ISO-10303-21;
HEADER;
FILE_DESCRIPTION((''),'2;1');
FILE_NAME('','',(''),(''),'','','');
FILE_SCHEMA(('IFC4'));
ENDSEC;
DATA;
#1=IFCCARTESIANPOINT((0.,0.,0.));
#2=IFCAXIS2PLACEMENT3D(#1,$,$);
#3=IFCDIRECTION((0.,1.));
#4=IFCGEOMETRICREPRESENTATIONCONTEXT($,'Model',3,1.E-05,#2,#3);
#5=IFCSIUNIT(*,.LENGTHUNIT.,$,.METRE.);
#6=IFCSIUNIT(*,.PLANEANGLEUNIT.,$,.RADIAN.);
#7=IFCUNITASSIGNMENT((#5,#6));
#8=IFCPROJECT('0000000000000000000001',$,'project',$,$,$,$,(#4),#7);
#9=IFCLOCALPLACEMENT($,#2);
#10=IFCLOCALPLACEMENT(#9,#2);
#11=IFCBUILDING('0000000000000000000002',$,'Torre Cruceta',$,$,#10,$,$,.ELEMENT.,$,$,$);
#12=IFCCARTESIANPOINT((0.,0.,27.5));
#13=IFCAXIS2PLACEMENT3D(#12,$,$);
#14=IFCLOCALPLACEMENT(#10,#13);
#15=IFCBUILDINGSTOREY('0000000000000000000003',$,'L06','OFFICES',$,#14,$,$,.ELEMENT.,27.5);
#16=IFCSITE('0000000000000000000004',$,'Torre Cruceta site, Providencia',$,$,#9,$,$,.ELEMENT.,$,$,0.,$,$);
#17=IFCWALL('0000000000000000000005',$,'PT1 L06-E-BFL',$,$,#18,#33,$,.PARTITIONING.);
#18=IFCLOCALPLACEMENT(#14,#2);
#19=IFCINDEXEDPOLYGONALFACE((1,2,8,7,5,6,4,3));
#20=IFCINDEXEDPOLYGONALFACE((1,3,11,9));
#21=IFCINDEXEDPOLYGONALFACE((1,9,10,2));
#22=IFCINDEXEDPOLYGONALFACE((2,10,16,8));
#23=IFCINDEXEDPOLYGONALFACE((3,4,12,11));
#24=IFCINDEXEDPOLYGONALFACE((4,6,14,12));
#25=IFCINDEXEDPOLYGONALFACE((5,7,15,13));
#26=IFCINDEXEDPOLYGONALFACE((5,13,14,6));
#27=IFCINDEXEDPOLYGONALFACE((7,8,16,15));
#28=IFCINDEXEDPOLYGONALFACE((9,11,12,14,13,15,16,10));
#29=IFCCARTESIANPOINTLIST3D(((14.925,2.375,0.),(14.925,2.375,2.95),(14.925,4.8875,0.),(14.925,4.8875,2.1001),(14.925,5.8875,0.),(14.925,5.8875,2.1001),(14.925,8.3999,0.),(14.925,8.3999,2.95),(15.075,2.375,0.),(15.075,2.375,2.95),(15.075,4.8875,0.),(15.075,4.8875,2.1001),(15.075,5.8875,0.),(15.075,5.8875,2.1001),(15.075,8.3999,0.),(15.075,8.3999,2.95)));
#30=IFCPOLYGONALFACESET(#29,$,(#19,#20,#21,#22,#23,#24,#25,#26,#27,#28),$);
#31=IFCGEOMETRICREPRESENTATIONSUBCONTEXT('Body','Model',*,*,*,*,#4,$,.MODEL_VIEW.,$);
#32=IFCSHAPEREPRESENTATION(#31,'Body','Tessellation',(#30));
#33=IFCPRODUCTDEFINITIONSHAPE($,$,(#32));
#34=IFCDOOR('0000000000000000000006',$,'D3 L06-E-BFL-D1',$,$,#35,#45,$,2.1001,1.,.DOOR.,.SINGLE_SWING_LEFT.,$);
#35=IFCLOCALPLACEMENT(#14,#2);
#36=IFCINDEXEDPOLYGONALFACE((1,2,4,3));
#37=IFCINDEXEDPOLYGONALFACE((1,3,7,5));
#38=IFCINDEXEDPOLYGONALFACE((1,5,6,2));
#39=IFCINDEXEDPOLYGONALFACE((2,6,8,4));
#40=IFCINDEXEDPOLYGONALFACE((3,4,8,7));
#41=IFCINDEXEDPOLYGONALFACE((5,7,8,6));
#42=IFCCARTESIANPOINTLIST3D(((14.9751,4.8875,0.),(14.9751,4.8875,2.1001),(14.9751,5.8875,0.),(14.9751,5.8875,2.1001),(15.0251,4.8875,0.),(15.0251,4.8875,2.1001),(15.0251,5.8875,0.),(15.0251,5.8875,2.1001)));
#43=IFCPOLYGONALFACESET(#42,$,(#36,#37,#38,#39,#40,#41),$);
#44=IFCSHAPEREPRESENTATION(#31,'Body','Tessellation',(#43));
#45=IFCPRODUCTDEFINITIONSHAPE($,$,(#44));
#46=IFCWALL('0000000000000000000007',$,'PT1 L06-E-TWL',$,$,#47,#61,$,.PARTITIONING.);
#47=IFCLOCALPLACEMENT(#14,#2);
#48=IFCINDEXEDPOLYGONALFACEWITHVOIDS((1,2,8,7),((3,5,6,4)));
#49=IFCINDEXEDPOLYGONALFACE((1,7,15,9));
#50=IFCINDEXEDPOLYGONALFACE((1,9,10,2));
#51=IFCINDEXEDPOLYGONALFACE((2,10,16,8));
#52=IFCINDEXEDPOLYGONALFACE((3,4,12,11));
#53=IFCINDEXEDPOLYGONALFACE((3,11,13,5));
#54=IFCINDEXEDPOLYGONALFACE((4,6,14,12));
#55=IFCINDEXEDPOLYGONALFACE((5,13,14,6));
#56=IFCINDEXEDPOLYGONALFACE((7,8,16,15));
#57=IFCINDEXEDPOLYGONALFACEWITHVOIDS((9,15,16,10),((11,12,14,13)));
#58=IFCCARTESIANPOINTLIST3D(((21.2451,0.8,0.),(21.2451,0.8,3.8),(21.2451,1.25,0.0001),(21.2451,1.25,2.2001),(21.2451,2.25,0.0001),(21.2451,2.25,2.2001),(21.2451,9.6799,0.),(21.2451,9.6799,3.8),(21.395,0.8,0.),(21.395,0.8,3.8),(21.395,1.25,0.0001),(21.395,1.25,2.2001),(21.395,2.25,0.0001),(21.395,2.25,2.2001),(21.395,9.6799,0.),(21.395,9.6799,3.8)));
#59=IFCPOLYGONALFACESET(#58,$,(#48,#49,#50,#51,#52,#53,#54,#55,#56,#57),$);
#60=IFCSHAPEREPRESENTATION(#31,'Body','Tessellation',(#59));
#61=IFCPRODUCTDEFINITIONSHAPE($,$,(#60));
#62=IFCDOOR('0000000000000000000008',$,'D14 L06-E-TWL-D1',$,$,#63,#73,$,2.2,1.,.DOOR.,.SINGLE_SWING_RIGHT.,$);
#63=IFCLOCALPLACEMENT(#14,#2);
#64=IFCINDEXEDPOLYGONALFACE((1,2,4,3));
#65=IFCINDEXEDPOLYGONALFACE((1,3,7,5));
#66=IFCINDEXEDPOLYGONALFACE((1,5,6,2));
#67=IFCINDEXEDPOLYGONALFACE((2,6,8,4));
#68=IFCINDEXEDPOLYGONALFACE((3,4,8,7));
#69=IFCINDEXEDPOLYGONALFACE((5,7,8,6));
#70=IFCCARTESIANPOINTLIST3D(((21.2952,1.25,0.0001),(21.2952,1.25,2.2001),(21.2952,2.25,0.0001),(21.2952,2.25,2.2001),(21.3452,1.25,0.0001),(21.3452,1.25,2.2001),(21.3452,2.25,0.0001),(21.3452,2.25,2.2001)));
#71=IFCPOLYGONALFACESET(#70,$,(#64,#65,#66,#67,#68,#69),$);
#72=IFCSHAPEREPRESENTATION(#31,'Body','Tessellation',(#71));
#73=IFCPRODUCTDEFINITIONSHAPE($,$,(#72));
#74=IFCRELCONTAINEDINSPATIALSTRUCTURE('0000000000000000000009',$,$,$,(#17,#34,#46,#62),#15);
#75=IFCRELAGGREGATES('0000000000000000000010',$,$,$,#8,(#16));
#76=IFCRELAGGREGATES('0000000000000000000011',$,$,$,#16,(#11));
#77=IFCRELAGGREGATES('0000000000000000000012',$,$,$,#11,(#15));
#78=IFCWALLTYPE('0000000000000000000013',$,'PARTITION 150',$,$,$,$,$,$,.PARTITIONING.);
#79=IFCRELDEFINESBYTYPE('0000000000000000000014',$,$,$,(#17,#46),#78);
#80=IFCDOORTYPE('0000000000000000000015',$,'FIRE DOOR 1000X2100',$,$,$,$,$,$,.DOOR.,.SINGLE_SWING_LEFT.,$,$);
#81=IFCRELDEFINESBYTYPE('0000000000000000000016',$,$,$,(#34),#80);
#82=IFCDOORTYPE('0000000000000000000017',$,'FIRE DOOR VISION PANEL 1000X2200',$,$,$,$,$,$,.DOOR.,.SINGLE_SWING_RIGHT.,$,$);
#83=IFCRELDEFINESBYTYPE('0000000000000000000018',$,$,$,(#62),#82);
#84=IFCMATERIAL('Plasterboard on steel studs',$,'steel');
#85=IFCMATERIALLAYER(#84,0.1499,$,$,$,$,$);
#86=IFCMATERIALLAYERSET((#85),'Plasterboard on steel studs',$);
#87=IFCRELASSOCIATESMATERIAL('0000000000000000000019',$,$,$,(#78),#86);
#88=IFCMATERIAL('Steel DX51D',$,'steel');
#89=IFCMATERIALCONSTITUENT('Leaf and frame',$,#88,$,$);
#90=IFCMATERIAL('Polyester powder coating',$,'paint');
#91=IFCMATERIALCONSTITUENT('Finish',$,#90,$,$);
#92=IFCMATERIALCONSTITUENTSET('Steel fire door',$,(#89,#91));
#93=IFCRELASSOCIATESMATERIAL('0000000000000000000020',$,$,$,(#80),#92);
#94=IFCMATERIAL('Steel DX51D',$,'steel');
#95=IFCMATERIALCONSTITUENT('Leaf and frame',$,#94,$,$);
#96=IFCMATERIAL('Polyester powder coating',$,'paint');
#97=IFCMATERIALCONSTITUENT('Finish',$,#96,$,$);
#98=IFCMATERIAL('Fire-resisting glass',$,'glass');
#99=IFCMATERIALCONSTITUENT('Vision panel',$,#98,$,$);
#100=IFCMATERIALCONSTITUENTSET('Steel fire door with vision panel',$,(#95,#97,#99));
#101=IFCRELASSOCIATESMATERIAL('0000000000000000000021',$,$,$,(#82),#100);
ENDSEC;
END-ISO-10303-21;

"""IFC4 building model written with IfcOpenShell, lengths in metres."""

from ifc_helpers import new_model, si_unit, direction, frame, frame_2d, origin, place, context, subcontext, project, spatial, rectangle, extrude, material, layer, layer_set, constituent, constituent_set, type_object, element, fill, save


model = new_model("IFC4")

# Units and contexts
model_context = context("Model", 3, precision=1e-05, world=origin(), true_north=direction((0.0, 1.0)))
body_context = subcontext(model_context, "Body", "Model", "MODEL_VIEW")
ifc_project = project(units=[si_unit("LENGTHUNIT", "METRE"), si_unit("PLANEANGLEUNIT", "RADIAN")], contexts=[model_context])

# Site, building, storey
site_placement = place(None, origin())
site = spatial("IfcSite", under=ifc_project, at=site_placement, Name="Torre Cruceta site, Providencia", CompositionType="ELEMENT", RefElevation=0.0)
building_placement = place(site_placement, origin())
building = spatial("IfcBuilding", under=site, at=building_placement, Name="Torre Cruceta", CompositionType="ELEMENT")
storey_placement = place(building_placement, frame((0.0, 0.0, 27.5)))
storey = spatial("IfcBuildingStorey", under=building, at=storey_placement, Name="L06", Description="OFFICES", CompositionType="ELEMENT", Elevation=27.5)

# Walls, openings, doors
ifc_material_1 = material(Name="Plasterboard on steel studs", Category="steel")
ifc_layer_1 = layer(ifc_material_1, 0.1499)
ifc_layer_set_1 = layer_set([ifc_layer_1], Name="Plasterboard on steel studs")
wall_type_1 = type_object("IfcWallType", Name="PARTITION 150", PredefinedType="PARTITIONING", material=ifc_layer_set_1)
wall_1_placement = place(storey_placement, frame((15.0, 2.375, 0.0), z_axis=(0.0, 0.0, 1.0), x_axis=(0.0, 1.0, 0.0)))
wall_1 = element("IfcWall", 1, at=wall_1_placement, inside=storey, type_object=wall_type_1, Name="PT1 L06-E-BFL", PredefinedType="PARTITIONING", context=body_context, shape_type="SweptSolid", body=[
    extrude(rectangle(XDim=6.0249, YDim=0.1499, at=frame_2d((3.0125, 0.0))), origin(), (0.0, 0.0, 1.0), 2.95),
])
opening_1_placement = place(wall_1_placement, frame((2.5125, 0.0, 0.0)))
opening_1 = element("IfcOpeningElement", 2, at=opening_1_placement, cuts=wall_1, PredefinedType="OPENING", context=body_context, shape_type="SweptSolid", body=[
    extrude(rectangle(XDim=1.0, YDim=2.1001, at=frame_2d((0.5, 1.05))), frame((0.0, 0.085, 0.0), z_axis=(0.0, -1.0, 0.0), x_axis=(1.0, 0.0, 0.0)), (0.0, 0.0, 1.0), 0.1699),
])
ifc_material_2 = material(Name="Steel DX51D", Category="steel")
ifc_constituent_1 = constituent(ifc_material_2, Name="Leaf and frame")
ifc_material_3 = material(Name="Polyester powder coating", Category="paint")
ifc_constituent_2 = constituent(ifc_material_3, Name="Finish")
ifc_constituent_set_1 = constituent_set(constituents=[ifc_constituent_1, ifc_constituent_2], Name="Steel fire door")
door_type_1 = type_object("IfcDoorType", Name="FIRE DOOR 1000X2100", OperationType="SINGLE_SWING_LEFT", PredefinedType="DOOR", material=ifc_constituent_set_1)
door_1_placement = place(opening_1_placement, origin())
door_1 = element("IfcDoor", 3, at=door_1_placement, inside=storey, type_object=door_type_1, Name="D3 L06-E-BFL-D1", OperationType="SINGLE_SWING_LEFT", OverallHeight=2.1001, OverallWidth=1.0, PredefinedType="DOOR", context=body_context, shape_type="SweptSolid", body=[
    extrude(rectangle(XDim=1.0, YDim=2.1001, at=frame_2d((0.5, 1.05))), frame((0.0, 0.0249, 0.0), z_axis=(0.0, -1.0, 0.0), x_axis=(1.0, 0.0, 0.0)), (0.0, 0.0, 1.0), 0.05),
])
fill(opening_1, door_1)
wall_2_placement = place(storey_placement, frame((21.3201, 0.8, 0.0), z_axis=(0.0, 0.0, 1.0), x_axis=(0.0, 1.0, 0.0)))
wall_2 = element("IfcWall", 4, at=wall_2_placement, inside=storey, type_object=wall_type_1, Name="PT1 L06-E-TWL", PredefinedType="PARTITIONING", context=body_context, shape_type="SweptSolid", body=[
    extrude(rectangle(XDim=8.8799, YDim=0.1499, at=frame_2d((4.4399, 0.0))), origin(), (0.0, 0.0, 1.0), 3.8),
])
opening_2_placement = place(wall_2_placement, frame((0.45, 0.0, 0.0)))
opening_2 = element("IfcOpeningElement", 5, at=opening_2_placement, cuts=wall_2, PredefinedType="OPENING", context=body_context, shape_type="SweptSolid", body=[
    extrude(rectangle(XDim=1.0, YDim=2.2, at=frame_2d((0.5, 1.1001))), frame((0.0, 0.085, 0.0), z_axis=(0.0, -1.0, 0.0), x_axis=(1.0, 0.0, 0.0)), (0.0, 0.0, 1.0), 0.1699),
])
ifc_material_4 = material(Name="Steel DX51D", Category="steel")
ifc_constituent_3 = constituent(ifc_material_4, Name="Leaf and frame")
ifc_material_5 = material(Name="Polyester powder coating", Category="paint")
ifc_constituent_4 = constituent(ifc_material_5, Name="Finish")
ifc_material_6 = material(Name="Fire-resisting glass", Category="glass")
ifc_constituent_5 = constituent(ifc_material_6, Name="Vision panel")
ifc_constituent_set_2 = constituent_set(constituents=[ifc_constituent_3, ifc_constituent_4, ifc_constituent_5], Name="Steel fire door with vision panel")
door_type_2 = type_object("IfcDoorType", Name="FIRE DOOR VISION PANEL 1000X2200", OperationType="SINGLE_SWING_RIGHT", PredefinedType="DOOR", material=ifc_constituent_set_2)
door_2_placement = place(opening_2_placement, frame((1.0, 0.0, 0.0), z_axis=(0.0, 0.0, 1.0), x_axis=(-1.0, 0.0, 0.0)))
door_2 = element("IfcDoor", 6, at=door_2_placement, inside=storey, type_object=door_type_2, Name="D14 L06-E-TWL-D1", OperationType="SINGLE_SWING_RIGHT", OverallHeight=2.2, OverallWidth=1.0, PredefinedType="DOOR", context=body_context, shape_type="SweptSolid", body=[
    extrude(rectangle(XDim=1.0, YDim=2.2, at=frame_2d((0.5, 1.1001))), frame((0.0, 0.0251, 0.0), z_axis=(0.0, -1.0, 0.0), x_axis=(1.0, 0.0, 0.0)), (0.0, 0.0, 1.0), 0.05),
])
fill(opening_2, door_2)

save(model, "model.ifc")
